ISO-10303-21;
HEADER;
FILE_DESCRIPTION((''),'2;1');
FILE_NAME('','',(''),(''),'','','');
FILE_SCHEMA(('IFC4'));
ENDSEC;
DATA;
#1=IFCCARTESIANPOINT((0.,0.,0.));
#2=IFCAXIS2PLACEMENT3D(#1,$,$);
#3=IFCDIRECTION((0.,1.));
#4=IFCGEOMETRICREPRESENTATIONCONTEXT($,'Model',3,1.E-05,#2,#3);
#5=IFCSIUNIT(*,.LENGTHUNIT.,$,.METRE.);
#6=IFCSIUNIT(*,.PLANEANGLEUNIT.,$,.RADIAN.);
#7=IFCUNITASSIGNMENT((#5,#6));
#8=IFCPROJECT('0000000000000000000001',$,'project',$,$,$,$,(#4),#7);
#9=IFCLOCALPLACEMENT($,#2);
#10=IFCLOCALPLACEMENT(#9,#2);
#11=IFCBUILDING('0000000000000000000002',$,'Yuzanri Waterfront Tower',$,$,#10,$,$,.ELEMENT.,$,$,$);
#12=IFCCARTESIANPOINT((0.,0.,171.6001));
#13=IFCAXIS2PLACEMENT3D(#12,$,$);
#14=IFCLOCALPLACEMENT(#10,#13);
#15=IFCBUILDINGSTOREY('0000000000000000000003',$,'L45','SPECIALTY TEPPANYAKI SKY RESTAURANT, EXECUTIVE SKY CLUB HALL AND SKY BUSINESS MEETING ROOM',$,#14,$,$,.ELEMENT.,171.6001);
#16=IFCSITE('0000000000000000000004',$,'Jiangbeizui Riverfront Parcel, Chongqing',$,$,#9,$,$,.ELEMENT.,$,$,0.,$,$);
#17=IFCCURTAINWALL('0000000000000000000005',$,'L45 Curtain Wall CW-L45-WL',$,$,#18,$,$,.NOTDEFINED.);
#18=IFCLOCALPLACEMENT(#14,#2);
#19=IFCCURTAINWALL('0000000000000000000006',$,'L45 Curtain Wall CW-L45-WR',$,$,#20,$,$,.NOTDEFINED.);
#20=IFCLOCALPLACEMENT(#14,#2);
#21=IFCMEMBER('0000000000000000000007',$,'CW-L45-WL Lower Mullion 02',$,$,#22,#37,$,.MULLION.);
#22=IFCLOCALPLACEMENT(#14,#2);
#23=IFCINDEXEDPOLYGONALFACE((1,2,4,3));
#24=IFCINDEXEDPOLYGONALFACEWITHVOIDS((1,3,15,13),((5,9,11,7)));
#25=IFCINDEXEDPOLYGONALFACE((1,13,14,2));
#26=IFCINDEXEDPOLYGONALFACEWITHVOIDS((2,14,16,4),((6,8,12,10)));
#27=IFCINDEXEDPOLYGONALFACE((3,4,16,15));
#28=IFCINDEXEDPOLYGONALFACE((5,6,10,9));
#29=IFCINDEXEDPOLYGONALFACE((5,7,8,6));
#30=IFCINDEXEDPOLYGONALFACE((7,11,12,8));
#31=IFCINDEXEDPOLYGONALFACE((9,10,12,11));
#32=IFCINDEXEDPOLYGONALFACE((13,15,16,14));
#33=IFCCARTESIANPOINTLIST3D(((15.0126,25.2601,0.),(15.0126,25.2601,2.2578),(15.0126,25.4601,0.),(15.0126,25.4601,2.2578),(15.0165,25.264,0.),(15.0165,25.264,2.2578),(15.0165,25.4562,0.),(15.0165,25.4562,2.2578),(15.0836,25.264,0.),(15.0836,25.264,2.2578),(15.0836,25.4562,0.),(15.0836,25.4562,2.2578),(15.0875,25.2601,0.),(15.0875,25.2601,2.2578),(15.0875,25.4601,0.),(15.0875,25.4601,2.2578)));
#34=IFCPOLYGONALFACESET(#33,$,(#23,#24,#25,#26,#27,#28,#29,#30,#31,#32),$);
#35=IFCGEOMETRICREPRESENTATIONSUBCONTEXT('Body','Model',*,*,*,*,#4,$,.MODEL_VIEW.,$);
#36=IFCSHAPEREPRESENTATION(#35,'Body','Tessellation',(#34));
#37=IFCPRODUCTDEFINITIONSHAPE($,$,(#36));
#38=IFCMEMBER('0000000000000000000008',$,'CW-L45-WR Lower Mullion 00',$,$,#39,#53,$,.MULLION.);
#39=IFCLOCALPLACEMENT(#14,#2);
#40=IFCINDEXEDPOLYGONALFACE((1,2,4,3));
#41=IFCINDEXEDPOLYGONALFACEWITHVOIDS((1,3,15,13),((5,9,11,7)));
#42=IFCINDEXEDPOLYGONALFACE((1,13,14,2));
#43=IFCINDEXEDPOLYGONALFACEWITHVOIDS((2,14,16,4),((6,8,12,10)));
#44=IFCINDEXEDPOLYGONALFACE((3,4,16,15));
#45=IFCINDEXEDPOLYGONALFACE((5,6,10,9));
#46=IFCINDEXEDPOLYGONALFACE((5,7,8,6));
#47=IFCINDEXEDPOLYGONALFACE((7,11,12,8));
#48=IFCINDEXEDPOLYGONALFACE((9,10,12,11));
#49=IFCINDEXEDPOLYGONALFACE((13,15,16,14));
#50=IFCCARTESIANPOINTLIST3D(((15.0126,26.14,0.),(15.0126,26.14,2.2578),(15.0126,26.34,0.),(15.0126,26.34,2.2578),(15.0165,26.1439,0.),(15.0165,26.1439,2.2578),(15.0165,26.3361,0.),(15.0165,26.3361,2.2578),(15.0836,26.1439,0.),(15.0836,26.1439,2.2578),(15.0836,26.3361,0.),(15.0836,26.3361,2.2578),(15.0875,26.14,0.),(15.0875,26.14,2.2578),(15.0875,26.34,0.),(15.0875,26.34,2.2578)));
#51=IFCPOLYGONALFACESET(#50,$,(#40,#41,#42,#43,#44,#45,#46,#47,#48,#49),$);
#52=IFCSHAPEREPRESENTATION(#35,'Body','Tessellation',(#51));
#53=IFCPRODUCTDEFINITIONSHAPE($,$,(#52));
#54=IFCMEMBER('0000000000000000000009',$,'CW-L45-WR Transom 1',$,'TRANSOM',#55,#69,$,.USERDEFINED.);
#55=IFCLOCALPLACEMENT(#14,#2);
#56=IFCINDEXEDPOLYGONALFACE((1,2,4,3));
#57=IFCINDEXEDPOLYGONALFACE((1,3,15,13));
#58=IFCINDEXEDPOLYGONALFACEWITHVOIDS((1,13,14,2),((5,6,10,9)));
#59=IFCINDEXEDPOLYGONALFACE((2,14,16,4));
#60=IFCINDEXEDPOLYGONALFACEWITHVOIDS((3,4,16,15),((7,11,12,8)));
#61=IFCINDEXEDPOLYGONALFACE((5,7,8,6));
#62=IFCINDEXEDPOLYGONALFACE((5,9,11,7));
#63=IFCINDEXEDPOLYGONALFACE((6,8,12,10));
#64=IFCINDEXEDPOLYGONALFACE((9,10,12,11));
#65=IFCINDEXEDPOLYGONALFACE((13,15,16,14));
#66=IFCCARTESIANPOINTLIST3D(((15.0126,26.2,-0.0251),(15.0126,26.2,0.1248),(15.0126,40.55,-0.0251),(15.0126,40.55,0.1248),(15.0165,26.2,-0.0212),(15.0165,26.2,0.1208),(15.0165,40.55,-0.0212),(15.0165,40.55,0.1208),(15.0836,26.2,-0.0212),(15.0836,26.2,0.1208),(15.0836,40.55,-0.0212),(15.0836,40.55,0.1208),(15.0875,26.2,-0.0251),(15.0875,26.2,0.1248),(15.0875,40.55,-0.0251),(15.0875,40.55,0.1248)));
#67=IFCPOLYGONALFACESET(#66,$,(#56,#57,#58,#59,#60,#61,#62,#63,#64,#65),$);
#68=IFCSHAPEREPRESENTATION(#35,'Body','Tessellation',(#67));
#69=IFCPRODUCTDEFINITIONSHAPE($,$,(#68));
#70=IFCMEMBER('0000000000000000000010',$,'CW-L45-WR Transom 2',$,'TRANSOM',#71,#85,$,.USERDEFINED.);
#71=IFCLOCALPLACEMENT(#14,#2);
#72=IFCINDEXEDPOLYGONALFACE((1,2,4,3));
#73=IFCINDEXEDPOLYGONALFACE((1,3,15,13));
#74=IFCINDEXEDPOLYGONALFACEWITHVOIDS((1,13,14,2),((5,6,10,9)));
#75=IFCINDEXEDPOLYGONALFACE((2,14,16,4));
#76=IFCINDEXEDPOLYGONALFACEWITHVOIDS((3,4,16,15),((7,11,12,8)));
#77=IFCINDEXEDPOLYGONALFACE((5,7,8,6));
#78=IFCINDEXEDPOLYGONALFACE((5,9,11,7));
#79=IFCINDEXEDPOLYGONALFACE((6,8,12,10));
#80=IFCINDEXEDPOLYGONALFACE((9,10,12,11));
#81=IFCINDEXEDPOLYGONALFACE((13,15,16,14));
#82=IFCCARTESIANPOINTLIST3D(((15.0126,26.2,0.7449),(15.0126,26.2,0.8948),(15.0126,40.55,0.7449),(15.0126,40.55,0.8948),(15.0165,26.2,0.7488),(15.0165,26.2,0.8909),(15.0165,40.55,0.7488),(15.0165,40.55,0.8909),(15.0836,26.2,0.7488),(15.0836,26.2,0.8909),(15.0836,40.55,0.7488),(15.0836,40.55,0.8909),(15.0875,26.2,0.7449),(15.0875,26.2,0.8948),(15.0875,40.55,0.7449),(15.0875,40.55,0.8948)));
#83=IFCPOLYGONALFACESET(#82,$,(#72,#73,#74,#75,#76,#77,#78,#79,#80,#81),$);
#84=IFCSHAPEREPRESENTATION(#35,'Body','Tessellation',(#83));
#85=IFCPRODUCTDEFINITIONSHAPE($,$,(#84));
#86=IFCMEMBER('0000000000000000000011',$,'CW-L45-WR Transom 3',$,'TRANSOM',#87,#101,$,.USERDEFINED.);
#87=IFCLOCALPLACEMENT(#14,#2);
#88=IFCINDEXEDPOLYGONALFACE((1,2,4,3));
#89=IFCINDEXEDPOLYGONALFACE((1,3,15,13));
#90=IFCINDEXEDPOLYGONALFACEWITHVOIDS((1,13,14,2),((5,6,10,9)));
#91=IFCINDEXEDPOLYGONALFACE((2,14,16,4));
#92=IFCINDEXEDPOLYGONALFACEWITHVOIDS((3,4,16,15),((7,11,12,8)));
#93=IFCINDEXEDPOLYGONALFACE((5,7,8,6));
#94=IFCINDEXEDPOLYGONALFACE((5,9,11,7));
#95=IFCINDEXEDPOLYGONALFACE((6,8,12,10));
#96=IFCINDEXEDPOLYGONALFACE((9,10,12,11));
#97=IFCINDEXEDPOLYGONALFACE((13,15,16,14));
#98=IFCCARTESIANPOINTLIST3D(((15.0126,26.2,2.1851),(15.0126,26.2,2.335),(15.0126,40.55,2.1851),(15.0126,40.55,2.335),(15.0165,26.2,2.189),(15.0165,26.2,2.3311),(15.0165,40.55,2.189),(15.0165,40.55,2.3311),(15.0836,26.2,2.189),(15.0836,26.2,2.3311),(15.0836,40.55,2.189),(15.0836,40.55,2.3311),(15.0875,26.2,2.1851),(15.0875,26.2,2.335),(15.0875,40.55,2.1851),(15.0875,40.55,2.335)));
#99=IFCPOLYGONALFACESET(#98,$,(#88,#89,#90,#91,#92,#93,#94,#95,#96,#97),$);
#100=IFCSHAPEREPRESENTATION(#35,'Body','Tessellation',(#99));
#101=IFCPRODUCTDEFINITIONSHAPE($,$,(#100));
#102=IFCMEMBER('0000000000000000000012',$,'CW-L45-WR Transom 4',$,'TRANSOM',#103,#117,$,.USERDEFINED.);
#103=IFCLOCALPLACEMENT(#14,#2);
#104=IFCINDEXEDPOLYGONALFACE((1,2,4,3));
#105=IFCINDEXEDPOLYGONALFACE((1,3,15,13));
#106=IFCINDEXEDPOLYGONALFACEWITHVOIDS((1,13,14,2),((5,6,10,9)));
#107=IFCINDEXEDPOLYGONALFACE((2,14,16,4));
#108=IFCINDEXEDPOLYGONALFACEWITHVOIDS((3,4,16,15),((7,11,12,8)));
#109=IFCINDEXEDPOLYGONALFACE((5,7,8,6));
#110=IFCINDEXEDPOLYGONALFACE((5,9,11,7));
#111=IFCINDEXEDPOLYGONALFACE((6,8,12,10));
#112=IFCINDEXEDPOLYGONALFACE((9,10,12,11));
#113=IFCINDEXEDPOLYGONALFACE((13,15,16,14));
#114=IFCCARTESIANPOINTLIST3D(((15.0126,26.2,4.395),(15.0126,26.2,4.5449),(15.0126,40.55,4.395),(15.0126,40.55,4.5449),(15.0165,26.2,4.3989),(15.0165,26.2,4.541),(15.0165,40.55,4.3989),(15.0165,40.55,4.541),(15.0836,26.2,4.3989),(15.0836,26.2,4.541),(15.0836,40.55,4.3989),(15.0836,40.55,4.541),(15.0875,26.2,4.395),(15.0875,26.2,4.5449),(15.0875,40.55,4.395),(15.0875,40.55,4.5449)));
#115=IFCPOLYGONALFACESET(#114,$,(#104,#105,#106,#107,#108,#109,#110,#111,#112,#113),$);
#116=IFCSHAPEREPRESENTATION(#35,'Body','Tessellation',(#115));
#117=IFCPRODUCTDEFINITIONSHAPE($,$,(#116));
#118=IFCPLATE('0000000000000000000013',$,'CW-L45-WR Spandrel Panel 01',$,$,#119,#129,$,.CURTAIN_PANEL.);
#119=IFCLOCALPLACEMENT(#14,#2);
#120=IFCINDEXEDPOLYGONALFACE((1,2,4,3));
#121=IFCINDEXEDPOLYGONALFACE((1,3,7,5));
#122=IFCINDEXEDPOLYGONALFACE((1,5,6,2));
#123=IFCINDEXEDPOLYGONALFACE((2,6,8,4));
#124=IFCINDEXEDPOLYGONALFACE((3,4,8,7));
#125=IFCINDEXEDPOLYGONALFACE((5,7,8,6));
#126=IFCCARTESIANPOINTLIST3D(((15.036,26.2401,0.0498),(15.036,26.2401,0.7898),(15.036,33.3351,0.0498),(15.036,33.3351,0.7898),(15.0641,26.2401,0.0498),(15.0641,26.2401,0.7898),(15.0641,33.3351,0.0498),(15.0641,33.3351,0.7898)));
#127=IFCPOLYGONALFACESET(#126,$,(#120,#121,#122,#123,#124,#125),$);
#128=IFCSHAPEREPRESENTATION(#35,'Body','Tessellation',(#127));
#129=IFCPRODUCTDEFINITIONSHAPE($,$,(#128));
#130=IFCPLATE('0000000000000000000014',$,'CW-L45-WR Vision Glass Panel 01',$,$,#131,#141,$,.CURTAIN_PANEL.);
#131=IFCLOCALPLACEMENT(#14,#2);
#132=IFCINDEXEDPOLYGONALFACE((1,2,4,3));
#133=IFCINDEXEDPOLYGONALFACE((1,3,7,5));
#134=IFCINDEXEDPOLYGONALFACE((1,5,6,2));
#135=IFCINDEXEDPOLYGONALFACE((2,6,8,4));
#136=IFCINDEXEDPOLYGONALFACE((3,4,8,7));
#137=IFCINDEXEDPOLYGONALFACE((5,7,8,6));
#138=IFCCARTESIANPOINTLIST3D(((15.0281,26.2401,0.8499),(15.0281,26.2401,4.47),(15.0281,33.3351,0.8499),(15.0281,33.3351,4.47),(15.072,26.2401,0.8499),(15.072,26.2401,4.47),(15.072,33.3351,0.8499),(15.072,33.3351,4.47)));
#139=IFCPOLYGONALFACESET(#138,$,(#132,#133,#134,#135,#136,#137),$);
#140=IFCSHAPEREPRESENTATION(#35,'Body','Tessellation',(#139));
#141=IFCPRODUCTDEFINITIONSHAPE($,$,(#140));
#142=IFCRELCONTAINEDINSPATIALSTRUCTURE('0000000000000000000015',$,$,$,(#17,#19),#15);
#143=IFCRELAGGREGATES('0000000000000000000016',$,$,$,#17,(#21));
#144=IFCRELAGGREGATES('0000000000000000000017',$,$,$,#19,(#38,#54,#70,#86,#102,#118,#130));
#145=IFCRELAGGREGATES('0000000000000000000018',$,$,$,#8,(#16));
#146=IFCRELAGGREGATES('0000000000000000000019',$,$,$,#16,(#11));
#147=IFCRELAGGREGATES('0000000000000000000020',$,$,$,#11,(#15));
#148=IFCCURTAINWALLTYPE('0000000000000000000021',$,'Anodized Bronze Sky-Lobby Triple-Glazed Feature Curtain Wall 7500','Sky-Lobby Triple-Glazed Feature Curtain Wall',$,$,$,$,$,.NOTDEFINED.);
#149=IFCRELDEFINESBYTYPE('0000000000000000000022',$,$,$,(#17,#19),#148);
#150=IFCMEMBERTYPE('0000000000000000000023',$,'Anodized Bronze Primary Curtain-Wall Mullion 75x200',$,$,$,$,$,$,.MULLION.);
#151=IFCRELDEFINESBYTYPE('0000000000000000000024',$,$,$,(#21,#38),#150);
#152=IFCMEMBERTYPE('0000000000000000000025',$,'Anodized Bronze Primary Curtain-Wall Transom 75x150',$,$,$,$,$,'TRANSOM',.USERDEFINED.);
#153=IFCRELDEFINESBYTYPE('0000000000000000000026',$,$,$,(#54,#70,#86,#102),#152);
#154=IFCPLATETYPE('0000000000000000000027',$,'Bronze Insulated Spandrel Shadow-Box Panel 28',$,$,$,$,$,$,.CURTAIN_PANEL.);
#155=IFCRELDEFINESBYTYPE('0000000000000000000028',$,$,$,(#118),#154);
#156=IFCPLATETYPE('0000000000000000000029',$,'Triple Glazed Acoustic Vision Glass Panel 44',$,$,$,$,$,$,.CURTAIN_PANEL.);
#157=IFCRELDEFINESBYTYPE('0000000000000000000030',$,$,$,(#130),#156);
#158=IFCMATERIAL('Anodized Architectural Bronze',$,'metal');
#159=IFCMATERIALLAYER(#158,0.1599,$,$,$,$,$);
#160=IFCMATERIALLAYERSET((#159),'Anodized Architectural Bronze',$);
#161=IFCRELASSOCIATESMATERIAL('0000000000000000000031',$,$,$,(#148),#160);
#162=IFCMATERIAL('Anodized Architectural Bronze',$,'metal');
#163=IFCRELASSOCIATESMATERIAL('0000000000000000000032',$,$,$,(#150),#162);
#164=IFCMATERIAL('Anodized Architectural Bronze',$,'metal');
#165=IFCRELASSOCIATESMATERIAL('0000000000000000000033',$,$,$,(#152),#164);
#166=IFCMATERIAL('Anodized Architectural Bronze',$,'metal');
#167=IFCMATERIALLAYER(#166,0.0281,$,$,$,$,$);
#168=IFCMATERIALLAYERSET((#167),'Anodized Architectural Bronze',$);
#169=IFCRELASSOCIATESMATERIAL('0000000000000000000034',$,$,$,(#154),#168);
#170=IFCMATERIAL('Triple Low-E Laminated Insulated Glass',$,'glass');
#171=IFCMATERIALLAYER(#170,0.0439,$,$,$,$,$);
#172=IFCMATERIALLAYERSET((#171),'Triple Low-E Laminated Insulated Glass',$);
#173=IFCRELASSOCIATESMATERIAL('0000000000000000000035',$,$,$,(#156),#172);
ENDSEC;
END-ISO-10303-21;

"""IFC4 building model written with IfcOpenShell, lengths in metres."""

from ifc_helpers import new_model, si_unit, direction, frame, origin, origin_2d, place, context, subcontext, project, spatial, rectangle, hollow_rectangle, extrude, source, transform, mapped, material, layer, layer_set, material_profile, profile_set, type_object, element, aggregate, save


model = new_model("IFC4")

# Units and contexts
model_context = context("Model", 3, precision=1e-05, world=origin(), true_north=direction((0.0, 1.0)))
body_context = subcontext(model_context, "Body", "Model", "MODEL_VIEW")
ifc_project = project(units=[si_unit("LENGTHUNIT", "METRE"), si_unit("PLANEANGLEUNIT", "RADIAN")], contexts=[model_context])

# Site, building, storey
site_placement = place(None, origin())
site = spatial("IfcSite", under=ifc_project, at=site_placement, Name="Jiangbeizui Riverfront Parcel, Chongqing", CompositionType="ELEMENT", RefElevation=0.0)
building_placement = place(site_placement, origin())
building = spatial("IfcBuilding", under=site, at=building_placement, Name="Yuzanri Waterfront Tower", CompositionType="ELEMENT")
storey_placement = place(building_placement, frame((0.0, 0.0, 171.6001)))
storey = spatial("IfcBuildingStorey", under=building, at=storey_placement, Name="L45", Description="SPECIALTY TEPPANYAKI SKY RESTAURANT, EXECUTIVE SKY CLUB HALL AND SKY BUSINESS MEETING ROOM", CompositionType="ELEMENT", Elevation=171.6001)

# Curtain walls
ifc_material_1 = material(Name="Anodized Architectural Bronze", Category="metal")
ifc_layer_1 = layer(ifc_material_1, 0.1599)
ifc_layer_set_1 = layer_set([ifc_layer_1], Name="Anodized Architectural Bronze")
curtain_wall_type = type_object("IfcCurtainWallType", Name="Anodized Bronze Sky-Lobby Triple-Glazed Feature Curtain Wall 7500", Description="Sky-Lobby Triple-Glazed Feature Curtain Wall", PredefinedType="NOTDEFINED", material=ifc_layer_set_1)
curtain_wall_1_placement = place(storey_placement, origin())
curtain_wall_1 = element("IfcCurtainWall", 1, at=curtain_wall_1_placement, inside=storey, type_object=curtain_wall_type, Name="L45 Curtain Wall CW-L45-WL", PredefinedType="NOTDEFINED")
ifc_material_2 = material(Name="Anodized Architectural Bronze", Category="metal")
ifc_material_profile_1 = material_profile(ifc_material_2, hollow_rectangle(XDim=0.075, YDim=0.2, WallThickness=0.0039, at=origin_2d()), Name="CWM 75x200")
ifc_profile_set_1 = profile_set([ifc_material_profile_1], Name="Anodized Architectural Bronze")
member_type_1 = type_object("IfcMemberType", Name="Anodized Bronze Primary Curtain-Wall Mullion 75x200", PredefinedType="MULLION", material=ifc_profile_set_1)
curtain_wall_2_placement = place(storey_placement, origin())
curtain_wall_2 = element("IfcCurtainWall", 2, at=curtain_wall_2_placement, inside=storey, type_object=curtain_wall_type, Name="L45 Curtain Wall CW-L45-WR", PredefinedType="NOTDEFINED")

# Members
shared_shape_1 = source(origin(), body_context, "Body", "SweptSolid", [
    extrude(hollow_rectangle(XDim=0.075, YDim=0.2, WallThickness=0.0039, at=origin_2d()), origin(), (0.0, 0.0, 1.0), 2.2578),
])
member_1_placement = place(storey_placement, frame((15.05, 25.3601, 0.0), z_axis=(0.0, 0.0, 1.0), x_axis=(1.0, 0.0, 0.0)))
member_1 = element("IfcMember", 3, at=member_1_placement, type_object=member_type_1, Name="CW-L45-WL Lower Mullion 02", PredefinedType="MULLION", context=body_context, shape_type="MappedRepresentation", body=[
    mapped(shared_shape_1, transform((0.0, 0.0, 0.0), scale=1.0)),
])
aggregate(curtain_wall_1, [member_1])
member_2_placement = place(storey_placement, frame((15.05, 26.24, 0.0), z_axis=(0.0, 0.0, 1.0), x_axis=(1.0, 0.0, 0.0)))
member_2 = element("IfcMember", 4, at=member_2_placement, type_object=member_type_1, Name="CW-L45-WR Lower Mullion 00", PredefinedType="MULLION", context=body_context, shape_type="MappedRepresentation", body=[
    mapped(shared_shape_1, transform((0.0, 0.0, 0.0), scale=1.0)),
])
ifc_material_3 = material(Name="Anodized Architectural Bronze", Category="metal")
ifc_material_profile_2 = material_profile(ifc_material_3, hollow_rectangle(XDim=0.075, YDim=0.1499, WallThickness=0.0039, at=origin_2d()), Name="CWT 75x150")
ifc_profile_set_2 = profile_set([ifc_material_profile_2], Name="Anodized Architectural Bronze")
member_type_2 = type_object("IfcMemberType", Name="Anodized Bronze Primary Curtain-Wall Transom 75x150", ElementType="TRANSOM", PredefinedType="USERDEFINED", material=ifc_profile_set_2)
shared_shape_2 = source(origin(), body_context, "Body", "SweptSolid", [
    extrude(hollow_rectangle(XDim=0.075, YDim=0.1499, WallThickness=0.0039, at=origin_2d()), origin(), (0.0, 0.0, 1.0), 14.3501),
])
member_3_placement = place(storey_placement, frame((15.05, 26.2, 0.0498), z_axis=(0.0, 1.0, 0.0), x_axis=(-1.0, 0.0, 0.0)))
member_3 = element("IfcMember", 5, at=member_3_placement, type_object=member_type_2, Name="CW-L45-WR Transom 1", ObjectType="TRANSOM", PredefinedType="USERDEFINED", context=body_context, shape_type="MappedRepresentation", body=[
    mapped(shared_shape_2, transform((0.0, 0.0, 0.0), scale=1.0)),
])
member_4_placement = place(storey_placement, frame((15.05, 26.2, 0.8198), z_axis=(0.0, 1.0, 0.0), x_axis=(-1.0, 0.0, 0.0)))
member_4 = element("IfcMember", 6, at=member_4_placement, type_object=member_type_2, Name="CW-L45-WR Transom 2", ObjectType="TRANSOM", PredefinedType="USERDEFINED", context=body_context, shape_type="MappedRepresentation", body=[
    mapped(shared_shape_2, transform((0.0, 0.0, 0.0), scale=1.0)),
])
member_5_placement = place(storey_placement, frame((15.05, 26.2, 2.26), z_axis=(0.0, 1.0, 0.0), x_axis=(-1.0, 0.0, 0.0)))
member_5 = element("IfcMember", 7, at=member_5_placement, type_object=member_type_2, Name="CW-L45-WR Transom 3", ObjectType="TRANSOM", PredefinedType="USERDEFINED", context=body_context, shape_type="MappedRepresentation", body=[
    mapped(shared_shape_2, transform((0.0, 0.0, 0.0), scale=1.0)),
])
member_6_placement = place(storey_placement, frame((15.05, 26.2, 4.47), z_axis=(0.0, 1.0, 0.0), x_axis=(-1.0, 0.0, 0.0)))
member_6 = element("IfcMember", 8, at=member_6_placement, type_object=member_type_2, Name="CW-L45-WR Transom 4", ObjectType="TRANSOM", PredefinedType="USERDEFINED", context=body_context, shape_type="MappedRepresentation", body=[
    mapped(shared_shape_2, transform((0.0, 0.0, 0.0), scale=1.0)),
])

# Plates
ifc_material_4 = material(Name="Anodized Architectural Bronze", Category="metal")
ifc_layer_2 = layer(ifc_material_4, 0.0281)
ifc_layer_set_2 = layer_set([ifc_layer_2], Name="Anodized Architectural Bronze")
plate_type_1 = type_object("IfcPlateType", Name="Bronze Insulated Spandrel Shadow-Box Panel 28", PredefinedType="CURTAIN_PANEL", material=ifc_layer_set_2)
shared_shape_3 = source(origin(), body_context, "Body", "SweptSolid", [
    extrude(rectangle(XDim=7.095, YDim=0.0281, at=origin_2d()), origin(), (0.0, 0.0, 1.0), 0.74),
])
plate_1_placement = place(storey_placement, frame((15.05, 29.7876, 0.0498), z_axis=(0.0, 0.0, 1.0), x_axis=(0.0, 1.0, 0.0)))
plate_1 = element("IfcPlate", 9, at=plate_1_placement, type_object=plate_type_1, Name="CW-L45-WR Spandrel Panel 01", PredefinedType="CURTAIN_PANEL", context=body_context, shape_type="MappedRepresentation", body=[
    mapped(shared_shape_3, transform((0.0, 0.0, 0.0), scale=1.0)),
])
ifc_material_5 = material(Name="Triple Low-E Laminated Insulated Glass", Category="glass")
ifc_layer_3 = layer(ifc_material_5, 0.0439)
ifc_layer_set_3 = layer_set([ifc_layer_3], Name="Triple Low-E Laminated Insulated Glass")
plate_type_2 = type_object("IfcPlateType", Name="Triple Glazed Acoustic Vision Glass Panel 44", PredefinedType="CURTAIN_PANEL", material=ifc_layer_set_3)
shared_shape_4 = source(origin(), body_context, "Body", "SweptSolid", [
    extrude(rectangle(XDim=7.095, YDim=0.0439, at=origin_2d()), origin(), (0.0, 0.0, 1.0), 3.6201),
])
plate_2_placement = place(storey_placement, frame((15.05, 29.7876, 0.8499), z_axis=(0.0, 0.0, 1.0), x_axis=(0.0, 1.0, 0.0)))
plate_2 = element("IfcPlate", 10, at=plate_2_placement, type_object=plate_type_2, Name="CW-L45-WR Vision Glass Panel 01", PredefinedType="CURTAIN_PANEL", context=body_context, shape_type="MappedRepresentation", body=[
    mapped(shared_shape_4, transform((0.0, 0.0, 0.0), scale=1.0)),
])
aggregate(curtain_wall_2, [member_2, member_3, member_4, member_5, member_6, plate_1, plate_2])

save(model, "model.ifc")
